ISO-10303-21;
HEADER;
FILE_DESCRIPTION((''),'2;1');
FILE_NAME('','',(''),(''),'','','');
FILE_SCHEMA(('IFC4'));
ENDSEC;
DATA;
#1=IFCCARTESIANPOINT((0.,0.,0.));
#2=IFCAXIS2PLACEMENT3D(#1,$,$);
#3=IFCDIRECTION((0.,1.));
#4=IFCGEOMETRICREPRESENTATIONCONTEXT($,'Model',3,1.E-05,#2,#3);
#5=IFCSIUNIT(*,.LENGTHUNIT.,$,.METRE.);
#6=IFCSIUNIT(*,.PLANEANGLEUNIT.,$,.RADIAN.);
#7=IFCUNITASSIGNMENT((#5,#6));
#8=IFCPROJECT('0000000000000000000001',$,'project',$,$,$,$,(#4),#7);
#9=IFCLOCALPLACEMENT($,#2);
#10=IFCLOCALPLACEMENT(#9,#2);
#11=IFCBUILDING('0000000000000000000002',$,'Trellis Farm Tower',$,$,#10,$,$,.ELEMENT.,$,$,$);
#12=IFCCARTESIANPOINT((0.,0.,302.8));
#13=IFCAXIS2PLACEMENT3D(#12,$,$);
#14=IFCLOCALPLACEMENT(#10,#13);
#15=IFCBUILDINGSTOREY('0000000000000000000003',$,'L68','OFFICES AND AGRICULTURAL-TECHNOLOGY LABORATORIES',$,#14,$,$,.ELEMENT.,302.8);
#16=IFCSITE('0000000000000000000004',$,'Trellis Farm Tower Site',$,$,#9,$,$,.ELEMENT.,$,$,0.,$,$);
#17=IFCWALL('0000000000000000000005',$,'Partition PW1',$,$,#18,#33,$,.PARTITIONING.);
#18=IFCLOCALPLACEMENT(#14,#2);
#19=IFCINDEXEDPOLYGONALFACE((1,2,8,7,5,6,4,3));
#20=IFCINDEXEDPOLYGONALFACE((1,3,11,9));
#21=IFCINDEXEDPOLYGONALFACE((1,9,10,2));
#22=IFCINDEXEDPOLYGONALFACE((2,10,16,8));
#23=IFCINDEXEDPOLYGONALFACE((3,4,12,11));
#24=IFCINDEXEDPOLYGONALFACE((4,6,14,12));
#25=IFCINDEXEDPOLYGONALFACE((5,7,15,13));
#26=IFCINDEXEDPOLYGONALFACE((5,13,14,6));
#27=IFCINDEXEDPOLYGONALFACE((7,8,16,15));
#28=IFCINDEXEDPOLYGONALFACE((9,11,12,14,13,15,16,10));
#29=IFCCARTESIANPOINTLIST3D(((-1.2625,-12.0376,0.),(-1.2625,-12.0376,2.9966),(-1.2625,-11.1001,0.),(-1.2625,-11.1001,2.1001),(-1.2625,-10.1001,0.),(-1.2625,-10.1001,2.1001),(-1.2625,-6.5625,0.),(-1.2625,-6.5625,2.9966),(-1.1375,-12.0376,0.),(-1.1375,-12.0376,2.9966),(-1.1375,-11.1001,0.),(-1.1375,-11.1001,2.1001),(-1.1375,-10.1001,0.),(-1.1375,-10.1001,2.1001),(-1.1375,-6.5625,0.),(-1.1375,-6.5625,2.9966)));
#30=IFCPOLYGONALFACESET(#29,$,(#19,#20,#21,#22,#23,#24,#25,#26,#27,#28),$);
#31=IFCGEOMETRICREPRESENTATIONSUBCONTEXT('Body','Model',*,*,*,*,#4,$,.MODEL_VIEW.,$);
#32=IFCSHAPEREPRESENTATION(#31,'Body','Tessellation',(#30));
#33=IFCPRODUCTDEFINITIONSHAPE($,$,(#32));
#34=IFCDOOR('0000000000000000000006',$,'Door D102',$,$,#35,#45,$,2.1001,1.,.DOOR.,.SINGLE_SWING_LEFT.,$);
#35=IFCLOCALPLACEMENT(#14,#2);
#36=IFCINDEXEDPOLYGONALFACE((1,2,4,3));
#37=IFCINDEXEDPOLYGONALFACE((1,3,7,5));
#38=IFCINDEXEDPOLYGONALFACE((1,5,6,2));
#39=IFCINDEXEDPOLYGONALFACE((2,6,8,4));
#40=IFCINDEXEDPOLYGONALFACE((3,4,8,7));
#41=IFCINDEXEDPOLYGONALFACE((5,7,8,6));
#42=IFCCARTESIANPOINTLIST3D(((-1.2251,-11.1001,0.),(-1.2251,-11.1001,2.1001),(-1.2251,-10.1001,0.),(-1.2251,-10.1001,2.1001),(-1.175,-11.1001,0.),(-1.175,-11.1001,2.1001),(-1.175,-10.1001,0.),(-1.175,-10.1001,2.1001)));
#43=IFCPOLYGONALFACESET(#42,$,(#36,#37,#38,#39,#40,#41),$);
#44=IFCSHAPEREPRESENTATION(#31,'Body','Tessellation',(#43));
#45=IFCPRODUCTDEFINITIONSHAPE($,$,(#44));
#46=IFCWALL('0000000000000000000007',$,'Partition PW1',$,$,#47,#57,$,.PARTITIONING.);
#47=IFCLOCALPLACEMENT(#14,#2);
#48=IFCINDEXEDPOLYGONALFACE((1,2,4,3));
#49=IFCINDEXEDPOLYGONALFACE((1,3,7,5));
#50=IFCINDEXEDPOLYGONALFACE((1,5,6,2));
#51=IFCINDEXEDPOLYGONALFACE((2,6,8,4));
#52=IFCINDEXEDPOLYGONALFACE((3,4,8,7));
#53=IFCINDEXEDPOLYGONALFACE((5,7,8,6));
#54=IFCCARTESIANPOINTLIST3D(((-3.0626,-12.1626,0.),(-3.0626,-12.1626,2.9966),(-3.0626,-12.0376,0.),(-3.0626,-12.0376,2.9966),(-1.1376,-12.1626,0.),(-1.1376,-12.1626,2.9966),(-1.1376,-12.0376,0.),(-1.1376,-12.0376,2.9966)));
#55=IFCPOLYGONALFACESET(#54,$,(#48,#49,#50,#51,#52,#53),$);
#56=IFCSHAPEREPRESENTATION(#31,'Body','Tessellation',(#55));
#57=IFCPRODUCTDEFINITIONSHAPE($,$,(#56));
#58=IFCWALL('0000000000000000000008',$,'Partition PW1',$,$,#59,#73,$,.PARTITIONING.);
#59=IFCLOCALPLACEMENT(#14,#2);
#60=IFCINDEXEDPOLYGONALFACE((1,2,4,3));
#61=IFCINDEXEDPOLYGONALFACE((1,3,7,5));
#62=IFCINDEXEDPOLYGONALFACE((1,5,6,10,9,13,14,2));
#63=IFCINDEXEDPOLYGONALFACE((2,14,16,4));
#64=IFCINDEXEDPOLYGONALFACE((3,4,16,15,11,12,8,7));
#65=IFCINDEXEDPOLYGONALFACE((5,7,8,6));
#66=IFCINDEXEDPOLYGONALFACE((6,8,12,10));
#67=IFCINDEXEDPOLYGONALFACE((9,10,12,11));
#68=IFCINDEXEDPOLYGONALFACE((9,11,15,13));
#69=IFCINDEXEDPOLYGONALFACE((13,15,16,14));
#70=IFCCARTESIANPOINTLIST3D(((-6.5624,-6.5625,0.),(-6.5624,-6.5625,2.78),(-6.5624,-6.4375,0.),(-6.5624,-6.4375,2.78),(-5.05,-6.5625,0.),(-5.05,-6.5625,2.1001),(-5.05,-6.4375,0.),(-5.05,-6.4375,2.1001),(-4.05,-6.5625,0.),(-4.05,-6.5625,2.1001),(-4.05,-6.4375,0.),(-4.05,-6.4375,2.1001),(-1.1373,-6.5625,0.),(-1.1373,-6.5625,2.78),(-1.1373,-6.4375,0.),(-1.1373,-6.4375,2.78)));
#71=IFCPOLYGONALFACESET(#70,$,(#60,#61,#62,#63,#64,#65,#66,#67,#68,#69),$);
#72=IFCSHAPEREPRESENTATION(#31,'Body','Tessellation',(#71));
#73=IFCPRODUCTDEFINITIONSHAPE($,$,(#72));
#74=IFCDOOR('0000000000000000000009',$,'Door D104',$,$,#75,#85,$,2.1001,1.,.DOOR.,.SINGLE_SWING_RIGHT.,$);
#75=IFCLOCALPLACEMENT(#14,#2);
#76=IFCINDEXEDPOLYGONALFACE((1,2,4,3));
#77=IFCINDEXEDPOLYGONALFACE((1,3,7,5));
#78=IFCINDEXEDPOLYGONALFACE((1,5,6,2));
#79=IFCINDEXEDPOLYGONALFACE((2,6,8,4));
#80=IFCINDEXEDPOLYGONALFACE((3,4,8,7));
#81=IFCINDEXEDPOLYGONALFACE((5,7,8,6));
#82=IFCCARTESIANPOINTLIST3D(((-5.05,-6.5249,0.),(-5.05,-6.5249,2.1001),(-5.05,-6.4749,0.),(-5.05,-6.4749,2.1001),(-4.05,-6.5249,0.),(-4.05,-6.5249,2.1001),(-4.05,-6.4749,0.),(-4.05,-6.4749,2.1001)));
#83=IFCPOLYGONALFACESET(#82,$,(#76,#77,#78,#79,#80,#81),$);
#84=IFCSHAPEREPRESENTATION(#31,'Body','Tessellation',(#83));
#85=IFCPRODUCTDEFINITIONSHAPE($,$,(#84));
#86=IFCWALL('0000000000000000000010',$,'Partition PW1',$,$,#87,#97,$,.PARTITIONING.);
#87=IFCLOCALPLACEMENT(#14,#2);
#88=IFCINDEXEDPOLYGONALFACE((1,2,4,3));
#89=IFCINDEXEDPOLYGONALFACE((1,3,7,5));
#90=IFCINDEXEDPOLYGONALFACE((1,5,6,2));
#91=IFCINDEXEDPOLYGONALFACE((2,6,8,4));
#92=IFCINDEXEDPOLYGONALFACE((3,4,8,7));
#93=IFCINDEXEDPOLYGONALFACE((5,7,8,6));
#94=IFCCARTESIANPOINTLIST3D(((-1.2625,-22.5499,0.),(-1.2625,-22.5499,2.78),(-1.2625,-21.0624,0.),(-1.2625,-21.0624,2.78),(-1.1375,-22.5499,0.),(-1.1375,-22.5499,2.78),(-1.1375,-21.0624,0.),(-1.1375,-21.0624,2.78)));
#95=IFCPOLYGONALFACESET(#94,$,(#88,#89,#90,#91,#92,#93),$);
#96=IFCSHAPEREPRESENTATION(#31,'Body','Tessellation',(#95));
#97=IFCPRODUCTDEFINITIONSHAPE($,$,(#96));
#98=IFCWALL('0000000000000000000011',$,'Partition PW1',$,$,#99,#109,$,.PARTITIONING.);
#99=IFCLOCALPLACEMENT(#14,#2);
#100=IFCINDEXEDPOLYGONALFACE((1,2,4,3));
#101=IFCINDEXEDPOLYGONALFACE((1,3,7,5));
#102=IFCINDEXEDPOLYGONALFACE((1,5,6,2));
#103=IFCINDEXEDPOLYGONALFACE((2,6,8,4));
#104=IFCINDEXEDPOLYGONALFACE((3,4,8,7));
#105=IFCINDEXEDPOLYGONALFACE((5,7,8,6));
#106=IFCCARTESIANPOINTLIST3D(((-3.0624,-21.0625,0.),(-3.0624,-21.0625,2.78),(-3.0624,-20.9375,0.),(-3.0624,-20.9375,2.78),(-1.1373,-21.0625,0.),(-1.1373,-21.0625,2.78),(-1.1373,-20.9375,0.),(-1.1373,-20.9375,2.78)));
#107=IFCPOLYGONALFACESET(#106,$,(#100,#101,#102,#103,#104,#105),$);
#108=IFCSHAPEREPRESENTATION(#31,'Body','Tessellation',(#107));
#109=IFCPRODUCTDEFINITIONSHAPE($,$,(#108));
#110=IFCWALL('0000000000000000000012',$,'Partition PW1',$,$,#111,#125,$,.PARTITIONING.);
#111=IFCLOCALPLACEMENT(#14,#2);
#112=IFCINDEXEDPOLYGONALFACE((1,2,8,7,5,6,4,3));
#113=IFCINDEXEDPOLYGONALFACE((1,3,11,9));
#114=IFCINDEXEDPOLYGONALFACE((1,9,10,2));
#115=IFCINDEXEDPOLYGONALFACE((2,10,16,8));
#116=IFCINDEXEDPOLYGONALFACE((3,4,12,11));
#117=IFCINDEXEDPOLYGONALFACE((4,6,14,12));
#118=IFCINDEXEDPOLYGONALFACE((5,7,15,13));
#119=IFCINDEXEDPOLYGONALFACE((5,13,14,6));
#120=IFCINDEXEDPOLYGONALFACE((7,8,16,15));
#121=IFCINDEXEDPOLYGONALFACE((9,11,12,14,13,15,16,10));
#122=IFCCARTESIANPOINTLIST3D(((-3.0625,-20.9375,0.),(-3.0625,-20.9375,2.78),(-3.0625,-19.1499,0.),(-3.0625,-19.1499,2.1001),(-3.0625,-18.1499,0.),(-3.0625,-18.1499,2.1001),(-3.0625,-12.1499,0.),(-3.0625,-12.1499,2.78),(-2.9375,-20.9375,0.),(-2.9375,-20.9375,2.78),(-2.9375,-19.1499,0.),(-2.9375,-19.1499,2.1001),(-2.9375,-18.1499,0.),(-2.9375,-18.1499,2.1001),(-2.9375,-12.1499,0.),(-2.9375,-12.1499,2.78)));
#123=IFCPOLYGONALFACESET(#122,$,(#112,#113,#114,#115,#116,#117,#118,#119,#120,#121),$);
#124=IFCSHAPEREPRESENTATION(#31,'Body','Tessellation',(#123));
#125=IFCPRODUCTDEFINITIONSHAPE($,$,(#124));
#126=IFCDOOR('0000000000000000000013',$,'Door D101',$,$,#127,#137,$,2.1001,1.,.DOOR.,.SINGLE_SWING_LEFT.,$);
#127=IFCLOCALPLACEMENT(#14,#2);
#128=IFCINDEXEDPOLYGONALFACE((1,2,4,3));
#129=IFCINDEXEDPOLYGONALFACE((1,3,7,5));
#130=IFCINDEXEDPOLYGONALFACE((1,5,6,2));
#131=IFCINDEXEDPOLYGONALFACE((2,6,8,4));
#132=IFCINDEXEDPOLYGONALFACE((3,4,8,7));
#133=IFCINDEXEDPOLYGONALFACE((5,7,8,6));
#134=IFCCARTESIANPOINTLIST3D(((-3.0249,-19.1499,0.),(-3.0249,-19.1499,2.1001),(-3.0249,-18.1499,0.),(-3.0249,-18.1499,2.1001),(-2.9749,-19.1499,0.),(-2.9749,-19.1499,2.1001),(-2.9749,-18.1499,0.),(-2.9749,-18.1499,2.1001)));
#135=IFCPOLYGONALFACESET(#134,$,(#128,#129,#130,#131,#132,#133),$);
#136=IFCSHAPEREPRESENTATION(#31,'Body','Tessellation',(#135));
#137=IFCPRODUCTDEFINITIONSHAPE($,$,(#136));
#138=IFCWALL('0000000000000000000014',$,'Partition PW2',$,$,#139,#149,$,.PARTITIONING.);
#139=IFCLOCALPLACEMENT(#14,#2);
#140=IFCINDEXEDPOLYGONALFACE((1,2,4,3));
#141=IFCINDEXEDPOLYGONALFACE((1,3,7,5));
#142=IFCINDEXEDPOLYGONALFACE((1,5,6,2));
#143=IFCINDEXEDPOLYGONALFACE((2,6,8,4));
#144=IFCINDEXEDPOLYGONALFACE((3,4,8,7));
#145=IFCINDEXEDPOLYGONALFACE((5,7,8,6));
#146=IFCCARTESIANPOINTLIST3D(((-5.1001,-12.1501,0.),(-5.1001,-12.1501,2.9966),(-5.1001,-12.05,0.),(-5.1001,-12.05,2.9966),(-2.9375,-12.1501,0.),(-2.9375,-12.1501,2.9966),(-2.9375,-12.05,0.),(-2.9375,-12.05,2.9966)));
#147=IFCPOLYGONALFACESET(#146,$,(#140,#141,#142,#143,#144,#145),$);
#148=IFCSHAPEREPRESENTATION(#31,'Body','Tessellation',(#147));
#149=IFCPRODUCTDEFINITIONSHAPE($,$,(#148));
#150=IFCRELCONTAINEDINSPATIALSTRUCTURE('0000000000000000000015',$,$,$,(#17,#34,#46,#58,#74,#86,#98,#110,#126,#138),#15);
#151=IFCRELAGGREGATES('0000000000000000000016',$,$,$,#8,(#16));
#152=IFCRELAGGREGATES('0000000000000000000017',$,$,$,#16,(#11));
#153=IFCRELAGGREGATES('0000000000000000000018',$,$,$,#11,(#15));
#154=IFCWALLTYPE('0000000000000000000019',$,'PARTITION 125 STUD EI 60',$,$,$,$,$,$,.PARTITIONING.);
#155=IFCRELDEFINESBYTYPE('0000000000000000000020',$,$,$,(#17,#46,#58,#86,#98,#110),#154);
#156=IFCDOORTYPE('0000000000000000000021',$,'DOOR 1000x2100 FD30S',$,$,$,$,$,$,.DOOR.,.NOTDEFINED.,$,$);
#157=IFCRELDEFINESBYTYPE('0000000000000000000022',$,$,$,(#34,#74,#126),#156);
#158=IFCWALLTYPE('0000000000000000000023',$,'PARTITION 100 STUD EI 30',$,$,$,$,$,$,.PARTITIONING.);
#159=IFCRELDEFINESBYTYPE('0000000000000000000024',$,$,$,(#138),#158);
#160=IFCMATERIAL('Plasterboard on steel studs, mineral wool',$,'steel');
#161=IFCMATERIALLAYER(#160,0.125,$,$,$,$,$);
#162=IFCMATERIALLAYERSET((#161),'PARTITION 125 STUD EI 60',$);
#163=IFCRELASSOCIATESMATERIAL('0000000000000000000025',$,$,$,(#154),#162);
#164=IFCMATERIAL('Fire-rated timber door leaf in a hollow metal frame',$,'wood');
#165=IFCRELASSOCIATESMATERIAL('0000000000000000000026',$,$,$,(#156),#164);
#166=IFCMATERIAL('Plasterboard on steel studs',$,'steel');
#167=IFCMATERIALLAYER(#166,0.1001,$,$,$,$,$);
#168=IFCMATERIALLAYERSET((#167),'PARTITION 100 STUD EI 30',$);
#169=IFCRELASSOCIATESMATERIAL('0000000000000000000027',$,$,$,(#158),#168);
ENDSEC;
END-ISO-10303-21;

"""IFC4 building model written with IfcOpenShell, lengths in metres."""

from ifc_helpers import new_model, si_unit, direction, frame, frame_2d, origin, place, context, subcontext, project, spatial, rectangle, extrude, source, transform, mapped, material, layer, layer_set, type_object, element, fill, save


model = new_model("IFC4")

# Units and contexts
model_context = context("Model", 3, precision=1e-05, world=origin(), true_north=direction((0.0, 1.0)))
body_context = subcontext(model_context, "Body", "Model", "MODEL_VIEW")
ifc_project = project(units=[si_unit("LENGTHUNIT", "METRE"), si_unit("PLANEANGLEUNIT", "RADIAN")], contexts=[model_context])

# Site, building, storey
site_placement = place(None, origin())
site = spatial("IfcSite", under=ifc_project, at=site_placement, Name="Trellis Farm Tower Site", CompositionType="ELEMENT", RefElevation=0.0)
building_placement = place(site_placement, origin())
building = spatial("IfcBuilding", under=site, at=building_placement, Name="Trellis Farm Tower", CompositionType="ELEMENT")
storey_placement = place(building_placement, frame((0.0, 0.0, 302.8)))
storey = spatial("IfcBuildingStorey", under=building, at=storey_placement, Name="L68", Description="OFFICES AND AGRICULTURAL-TECHNOLOGY LABORATORIES", CompositionType="ELEMENT", Elevation=302.8)

# Wall, opening, door
ifc_material_1 = material(Name="Plasterboard on steel studs, mineral wool", Category="steel")
ifc_layer_1 = layer(ifc_material_1, 0.125)
ifc_layer_set_1 = layer_set([ifc_layer_1], Name="PARTITION 125 STUD EI 60")
wall_type_1 = type_object("IfcWallType", Name="PARTITION 125 STUD EI 60", PredefinedType="PARTITIONING", material=ifc_layer_set_1)
shared_shape_1 = source(origin(), body_context, "Body", "SweptSolid", [
    extrude(rectangle(XDim=5.4751, YDim=0.125, at=frame_2d((2.7375, 0.0))), origin(), (0.0, 0.0, 1.0), 2.9966),
])
wall_1_placement = place(storey_placement, frame((-1.2, -6.5625, 0.0), z_axis=(0.0, 0.0, 1.0), x_axis=(0.0, -1.0, 0.0)))
wall_1 = element("IfcWall", 1, at=wall_1_placement, inside=storey, type_object=wall_type_1, Name="Partition PW1", PredefinedType="PARTITIONING", context=body_context, shape_type="MappedRepresentation", body=[
    mapped(shared_shape_1, transform((0.0, 0.0, 0.0))),
])
shared_shape_2 = source(origin(), body_context, "Body", "SweptSolid", [
    extrude(rectangle(XDim=1.0, YDim=2.1001, at=frame_2d((0.5, 1.05))), frame((0.0, 0.0725, 0.0), z_axis=(0.0, -1.0, 0.0), x_axis=(1.0, 0.0, 0.0)), (0.0, 0.0, 1.0), 0.145),
])
opening_1_placement = place(wall_1_placement, frame((3.5376, 0.0, 0.0)))
opening_1 = element("IfcOpeningElement", 2, at=opening_1_placement, cuts=wall_1, PredefinedType="OPENING", context=body_context, shape_type="MappedRepresentation", body=[
    mapped(shared_shape_2, transform((0.0, 0.0, 0.0))),
])
ifc_material_2 = material(Name="Fire-rated timber door leaf in a hollow metal frame", Category="wood")
door_type = type_object("IfcDoorType", Name="DOOR 1000x2100 FD30S", OperationType="NOTDEFINED", PredefinedType="DOOR", material=ifc_material_2)
shared_shape_3 = source(origin(), body_context, "Body", "SweptSolid", [
    extrude(rectangle(XDim=1.0, YDim=2.1001, at=frame_2d((0.5, 1.05))), frame((0.0, 0.0249, 0.0), z_axis=(0.0, -1.0, 0.0), x_axis=(1.0, 0.0, 0.0)), (0.0, 0.0, 1.0), 0.05),
])
door_1_placement = place(opening_1_placement, origin())
door_1 = element("IfcDoor", 3, at=door_1_placement, inside=storey, type_object=door_type, Name="Door D102", OperationType="SINGLE_SWING_LEFT", OverallHeight=2.1001, OverallWidth=1.0, PredefinedType="DOOR", context=body_context, shape_type="MappedRepresentation", body=[
    mapped(shared_shape_3, transform((0.0, 0.0, 0.0))),
])
fill(opening_1, door_1)

# Wall
shared_shape_4 = source(origin(), body_context, "Body", "SweptSolid", [
    extrude(rectangle(XDim=1.925, YDim=0.125, at=frame_2d((0.9624, 0.0))), origin(), (0.0, 0.0, 1.0), 2.9966),
])
wall_2_placement = place(storey_placement, frame((-3.0625, -12.1001, 0.0), z_axis=(0.0, 0.0, 1.0), x_axis=(1.0, 0.0, 0.0)))
element("IfcWall", 4, at=wall_2_placement, inside=storey, type_object=wall_type_1, Name="Partition PW1", PredefinedType="PARTITIONING", context=body_context, shape_type="MappedRepresentation", body=[
    mapped(shared_shape_4, transform((0.0, 0.0, 0.0))),
])

# Wall, opening, door
shared_shape_5 = source(origin(), body_context, "Body", "SweptSolid", [
    extrude(rectangle(XDim=5.425, YDim=0.125, at=frame_2d((2.7124, 0.0))), origin(), (0.0, 0.0, 1.0), 2.78),
])
wall_3_placement = place(storey_placement, frame((-1.1375, -6.5, 0.0), z_axis=(0.0, 0.0, 1.0), x_axis=(-1.0, 0.0, 0.0)))
wall_3 = element("IfcWall", 5, at=wall_3_placement, inside=storey, type_object=wall_type_1, Name="Partition PW1", PredefinedType="PARTITIONING", context=body_context, shape_type="MappedRepresentation", body=[
    mapped(shared_shape_5, transform((0.0, 0.0, 0.0))),
])
opening_2_placement = place(wall_3_placement, frame((2.9126, 0.0, 0.0)))
opening_2 = element("IfcOpeningElement", 6, at=opening_2_placement, cuts=wall_3, PredefinedType="OPENING", context=body_context, shape_type="MappedRepresentation", body=[
    mapped(shared_shape_2, transform((0.0, 0.0, 0.0))),
])
door_2_placement = place(opening_2_placement, origin())
door_2 = element("IfcDoor", 7, at=door_2_placement, inside=storey, type_object=door_type, Name="Door D104", OperationType="SINGLE_SWING_RIGHT", OverallHeight=2.1001, OverallWidth=1.0, PredefinedType="DOOR", context=body_context, shape_type="MappedRepresentation", body=[
    mapped(shared_shape_3, transform((0.0, 0.0, 0.0))),
])
fill(opening_2, door_2)

# Walls
shared_shape_6 = source(origin(), body_context, "Body", "SweptSolid", [
    extrude(rectangle(XDim=1.4875, YDim=0.125, at=frame_2d((0.7437, 0.0))), origin(), (0.0, 0.0, 1.0), 2.78),
])
wall_4_placement = place(storey_placement, frame((-1.2, -21.0625, 0.0), z_axis=(0.0, 0.0, 1.0), x_axis=(0.0, -1.0, 0.0)))
element("IfcWall", 8, at=wall_4_placement, inside=storey, type_object=wall_type_1, Name="Partition PW1", PredefinedType="PARTITIONING", context=body_context, shape_type="MappedRepresentation", body=[
    mapped(shared_shape_6, transform((0.0, 0.0, 0.0))),
])
shared_shape_7 = source(origin(), body_context, "Body", "SweptSolid", [
    extrude(rectangle(XDim=1.925, YDim=0.125, at=frame_2d((0.9624, 0.0))), origin(), (0.0, 0.0, 1.0), 2.78),
])
wall_5_placement = place(storey_placement, frame((-1.1375, -21.0, 0.0), z_axis=(0.0, 0.0, 1.0), x_axis=(-1.0, 0.0, 0.0)))
element("IfcWall", 9, at=wall_5_placement, inside=storey, type_object=wall_type_1, Name="Partition PW1", PredefinedType="PARTITIONING", context=body_context, shape_type="MappedRepresentation", body=[
    mapped(shared_shape_7, transform((0.0, 0.0, 0.0))),
])

# Wall, opening, door
shared_shape_8 = source(origin(), body_context, "Body", "SweptSolid", [
    extrude(rectangle(XDim=8.7876, YDim=0.125, at=frame_2d((4.3938, 0.0))), origin(), (0.0, 0.0, 1.0), 2.78),
])
wall_6_placement = place(storey_placement, frame((-3.0, -20.9375, 0.0), z_axis=(0.0, 0.0, 1.0), x_axis=(0.0, 1.0, 0.0)))
wall_6 = element("IfcWall", 10, at=wall_6_placement, inside=storey, type_object=wall_type_1, Name="Partition PW1", PredefinedType="PARTITIONING", context=body_context, shape_type="MappedRepresentation", body=[
    mapped(shared_shape_8, transform((0.0, 0.0, 0.0))),
])
opening_3_placement = place(wall_6_placement, frame((1.7876, 0.0, 0.0)))
opening_3 = element("IfcOpeningElement", 11, at=opening_3_placement, cuts=wall_6, PredefinedType="OPENING", context=body_context, shape_type="MappedRepresentation", body=[
    mapped(shared_shape_2, transform((0.0, 0.0, 0.0))),
])
door_3_placement = place(opening_3_placement, origin())
door_3 = element("IfcDoor", 12, at=door_3_placement, inside=storey, type_object=door_type, Name="Door D101", OperationType="SINGLE_SWING_LEFT", OverallHeight=2.1001, OverallWidth=1.0, PredefinedType="DOOR", context=body_context, shape_type="MappedRepresentation", body=[
    mapped(shared_shape_3, transform((0.0, 0.0, 0.0))),
])
fill(opening_3, door_3)

# Wall
ifc_material_3 = material(Name="Plasterboard on steel studs", Category="steel")
ifc_layer_2 = layer(ifc_material_3, 0.1001)
ifc_layer_set_2 = layer_set([ifc_layer_2], Name="PARTITION 100 STUD EI 30")
wall_type_2 = type_object("IfcWallType", Name="PARTITION 100 STUD EI 30", PredefinedType="PARTITIONING", material=ifc_layer_set_2)
shared_shape_9 = source(origin(), body_context, "Body", "SweptSolid", [
    extrude(rectangle(XDim=2.1626, YDim=0.1001, at=frame_2d((1.0813, 0.0))), origin(), (0.0, 0.0, 1.0), 2.9966),
])
wall_7_placement = place(storey_placement, frame((-5.1001, -12.1001, 0.0), z_axis=(0.0, 0.0, 1.0), x_axis=(1.0, 0.0, 0.0)))
element("IfcWall", 13, at=wall_7_placement, inside=storey, type_object=wall_type_2, Name="Partition PW2", PredefinedType="PARTITIONING", context=body_context, shape_type="MappedRepresentation", body=[
    mapped(shared_shape_9, transform((0.0, 0.0, 0.0))),
])

save(model, "model.ifc")
